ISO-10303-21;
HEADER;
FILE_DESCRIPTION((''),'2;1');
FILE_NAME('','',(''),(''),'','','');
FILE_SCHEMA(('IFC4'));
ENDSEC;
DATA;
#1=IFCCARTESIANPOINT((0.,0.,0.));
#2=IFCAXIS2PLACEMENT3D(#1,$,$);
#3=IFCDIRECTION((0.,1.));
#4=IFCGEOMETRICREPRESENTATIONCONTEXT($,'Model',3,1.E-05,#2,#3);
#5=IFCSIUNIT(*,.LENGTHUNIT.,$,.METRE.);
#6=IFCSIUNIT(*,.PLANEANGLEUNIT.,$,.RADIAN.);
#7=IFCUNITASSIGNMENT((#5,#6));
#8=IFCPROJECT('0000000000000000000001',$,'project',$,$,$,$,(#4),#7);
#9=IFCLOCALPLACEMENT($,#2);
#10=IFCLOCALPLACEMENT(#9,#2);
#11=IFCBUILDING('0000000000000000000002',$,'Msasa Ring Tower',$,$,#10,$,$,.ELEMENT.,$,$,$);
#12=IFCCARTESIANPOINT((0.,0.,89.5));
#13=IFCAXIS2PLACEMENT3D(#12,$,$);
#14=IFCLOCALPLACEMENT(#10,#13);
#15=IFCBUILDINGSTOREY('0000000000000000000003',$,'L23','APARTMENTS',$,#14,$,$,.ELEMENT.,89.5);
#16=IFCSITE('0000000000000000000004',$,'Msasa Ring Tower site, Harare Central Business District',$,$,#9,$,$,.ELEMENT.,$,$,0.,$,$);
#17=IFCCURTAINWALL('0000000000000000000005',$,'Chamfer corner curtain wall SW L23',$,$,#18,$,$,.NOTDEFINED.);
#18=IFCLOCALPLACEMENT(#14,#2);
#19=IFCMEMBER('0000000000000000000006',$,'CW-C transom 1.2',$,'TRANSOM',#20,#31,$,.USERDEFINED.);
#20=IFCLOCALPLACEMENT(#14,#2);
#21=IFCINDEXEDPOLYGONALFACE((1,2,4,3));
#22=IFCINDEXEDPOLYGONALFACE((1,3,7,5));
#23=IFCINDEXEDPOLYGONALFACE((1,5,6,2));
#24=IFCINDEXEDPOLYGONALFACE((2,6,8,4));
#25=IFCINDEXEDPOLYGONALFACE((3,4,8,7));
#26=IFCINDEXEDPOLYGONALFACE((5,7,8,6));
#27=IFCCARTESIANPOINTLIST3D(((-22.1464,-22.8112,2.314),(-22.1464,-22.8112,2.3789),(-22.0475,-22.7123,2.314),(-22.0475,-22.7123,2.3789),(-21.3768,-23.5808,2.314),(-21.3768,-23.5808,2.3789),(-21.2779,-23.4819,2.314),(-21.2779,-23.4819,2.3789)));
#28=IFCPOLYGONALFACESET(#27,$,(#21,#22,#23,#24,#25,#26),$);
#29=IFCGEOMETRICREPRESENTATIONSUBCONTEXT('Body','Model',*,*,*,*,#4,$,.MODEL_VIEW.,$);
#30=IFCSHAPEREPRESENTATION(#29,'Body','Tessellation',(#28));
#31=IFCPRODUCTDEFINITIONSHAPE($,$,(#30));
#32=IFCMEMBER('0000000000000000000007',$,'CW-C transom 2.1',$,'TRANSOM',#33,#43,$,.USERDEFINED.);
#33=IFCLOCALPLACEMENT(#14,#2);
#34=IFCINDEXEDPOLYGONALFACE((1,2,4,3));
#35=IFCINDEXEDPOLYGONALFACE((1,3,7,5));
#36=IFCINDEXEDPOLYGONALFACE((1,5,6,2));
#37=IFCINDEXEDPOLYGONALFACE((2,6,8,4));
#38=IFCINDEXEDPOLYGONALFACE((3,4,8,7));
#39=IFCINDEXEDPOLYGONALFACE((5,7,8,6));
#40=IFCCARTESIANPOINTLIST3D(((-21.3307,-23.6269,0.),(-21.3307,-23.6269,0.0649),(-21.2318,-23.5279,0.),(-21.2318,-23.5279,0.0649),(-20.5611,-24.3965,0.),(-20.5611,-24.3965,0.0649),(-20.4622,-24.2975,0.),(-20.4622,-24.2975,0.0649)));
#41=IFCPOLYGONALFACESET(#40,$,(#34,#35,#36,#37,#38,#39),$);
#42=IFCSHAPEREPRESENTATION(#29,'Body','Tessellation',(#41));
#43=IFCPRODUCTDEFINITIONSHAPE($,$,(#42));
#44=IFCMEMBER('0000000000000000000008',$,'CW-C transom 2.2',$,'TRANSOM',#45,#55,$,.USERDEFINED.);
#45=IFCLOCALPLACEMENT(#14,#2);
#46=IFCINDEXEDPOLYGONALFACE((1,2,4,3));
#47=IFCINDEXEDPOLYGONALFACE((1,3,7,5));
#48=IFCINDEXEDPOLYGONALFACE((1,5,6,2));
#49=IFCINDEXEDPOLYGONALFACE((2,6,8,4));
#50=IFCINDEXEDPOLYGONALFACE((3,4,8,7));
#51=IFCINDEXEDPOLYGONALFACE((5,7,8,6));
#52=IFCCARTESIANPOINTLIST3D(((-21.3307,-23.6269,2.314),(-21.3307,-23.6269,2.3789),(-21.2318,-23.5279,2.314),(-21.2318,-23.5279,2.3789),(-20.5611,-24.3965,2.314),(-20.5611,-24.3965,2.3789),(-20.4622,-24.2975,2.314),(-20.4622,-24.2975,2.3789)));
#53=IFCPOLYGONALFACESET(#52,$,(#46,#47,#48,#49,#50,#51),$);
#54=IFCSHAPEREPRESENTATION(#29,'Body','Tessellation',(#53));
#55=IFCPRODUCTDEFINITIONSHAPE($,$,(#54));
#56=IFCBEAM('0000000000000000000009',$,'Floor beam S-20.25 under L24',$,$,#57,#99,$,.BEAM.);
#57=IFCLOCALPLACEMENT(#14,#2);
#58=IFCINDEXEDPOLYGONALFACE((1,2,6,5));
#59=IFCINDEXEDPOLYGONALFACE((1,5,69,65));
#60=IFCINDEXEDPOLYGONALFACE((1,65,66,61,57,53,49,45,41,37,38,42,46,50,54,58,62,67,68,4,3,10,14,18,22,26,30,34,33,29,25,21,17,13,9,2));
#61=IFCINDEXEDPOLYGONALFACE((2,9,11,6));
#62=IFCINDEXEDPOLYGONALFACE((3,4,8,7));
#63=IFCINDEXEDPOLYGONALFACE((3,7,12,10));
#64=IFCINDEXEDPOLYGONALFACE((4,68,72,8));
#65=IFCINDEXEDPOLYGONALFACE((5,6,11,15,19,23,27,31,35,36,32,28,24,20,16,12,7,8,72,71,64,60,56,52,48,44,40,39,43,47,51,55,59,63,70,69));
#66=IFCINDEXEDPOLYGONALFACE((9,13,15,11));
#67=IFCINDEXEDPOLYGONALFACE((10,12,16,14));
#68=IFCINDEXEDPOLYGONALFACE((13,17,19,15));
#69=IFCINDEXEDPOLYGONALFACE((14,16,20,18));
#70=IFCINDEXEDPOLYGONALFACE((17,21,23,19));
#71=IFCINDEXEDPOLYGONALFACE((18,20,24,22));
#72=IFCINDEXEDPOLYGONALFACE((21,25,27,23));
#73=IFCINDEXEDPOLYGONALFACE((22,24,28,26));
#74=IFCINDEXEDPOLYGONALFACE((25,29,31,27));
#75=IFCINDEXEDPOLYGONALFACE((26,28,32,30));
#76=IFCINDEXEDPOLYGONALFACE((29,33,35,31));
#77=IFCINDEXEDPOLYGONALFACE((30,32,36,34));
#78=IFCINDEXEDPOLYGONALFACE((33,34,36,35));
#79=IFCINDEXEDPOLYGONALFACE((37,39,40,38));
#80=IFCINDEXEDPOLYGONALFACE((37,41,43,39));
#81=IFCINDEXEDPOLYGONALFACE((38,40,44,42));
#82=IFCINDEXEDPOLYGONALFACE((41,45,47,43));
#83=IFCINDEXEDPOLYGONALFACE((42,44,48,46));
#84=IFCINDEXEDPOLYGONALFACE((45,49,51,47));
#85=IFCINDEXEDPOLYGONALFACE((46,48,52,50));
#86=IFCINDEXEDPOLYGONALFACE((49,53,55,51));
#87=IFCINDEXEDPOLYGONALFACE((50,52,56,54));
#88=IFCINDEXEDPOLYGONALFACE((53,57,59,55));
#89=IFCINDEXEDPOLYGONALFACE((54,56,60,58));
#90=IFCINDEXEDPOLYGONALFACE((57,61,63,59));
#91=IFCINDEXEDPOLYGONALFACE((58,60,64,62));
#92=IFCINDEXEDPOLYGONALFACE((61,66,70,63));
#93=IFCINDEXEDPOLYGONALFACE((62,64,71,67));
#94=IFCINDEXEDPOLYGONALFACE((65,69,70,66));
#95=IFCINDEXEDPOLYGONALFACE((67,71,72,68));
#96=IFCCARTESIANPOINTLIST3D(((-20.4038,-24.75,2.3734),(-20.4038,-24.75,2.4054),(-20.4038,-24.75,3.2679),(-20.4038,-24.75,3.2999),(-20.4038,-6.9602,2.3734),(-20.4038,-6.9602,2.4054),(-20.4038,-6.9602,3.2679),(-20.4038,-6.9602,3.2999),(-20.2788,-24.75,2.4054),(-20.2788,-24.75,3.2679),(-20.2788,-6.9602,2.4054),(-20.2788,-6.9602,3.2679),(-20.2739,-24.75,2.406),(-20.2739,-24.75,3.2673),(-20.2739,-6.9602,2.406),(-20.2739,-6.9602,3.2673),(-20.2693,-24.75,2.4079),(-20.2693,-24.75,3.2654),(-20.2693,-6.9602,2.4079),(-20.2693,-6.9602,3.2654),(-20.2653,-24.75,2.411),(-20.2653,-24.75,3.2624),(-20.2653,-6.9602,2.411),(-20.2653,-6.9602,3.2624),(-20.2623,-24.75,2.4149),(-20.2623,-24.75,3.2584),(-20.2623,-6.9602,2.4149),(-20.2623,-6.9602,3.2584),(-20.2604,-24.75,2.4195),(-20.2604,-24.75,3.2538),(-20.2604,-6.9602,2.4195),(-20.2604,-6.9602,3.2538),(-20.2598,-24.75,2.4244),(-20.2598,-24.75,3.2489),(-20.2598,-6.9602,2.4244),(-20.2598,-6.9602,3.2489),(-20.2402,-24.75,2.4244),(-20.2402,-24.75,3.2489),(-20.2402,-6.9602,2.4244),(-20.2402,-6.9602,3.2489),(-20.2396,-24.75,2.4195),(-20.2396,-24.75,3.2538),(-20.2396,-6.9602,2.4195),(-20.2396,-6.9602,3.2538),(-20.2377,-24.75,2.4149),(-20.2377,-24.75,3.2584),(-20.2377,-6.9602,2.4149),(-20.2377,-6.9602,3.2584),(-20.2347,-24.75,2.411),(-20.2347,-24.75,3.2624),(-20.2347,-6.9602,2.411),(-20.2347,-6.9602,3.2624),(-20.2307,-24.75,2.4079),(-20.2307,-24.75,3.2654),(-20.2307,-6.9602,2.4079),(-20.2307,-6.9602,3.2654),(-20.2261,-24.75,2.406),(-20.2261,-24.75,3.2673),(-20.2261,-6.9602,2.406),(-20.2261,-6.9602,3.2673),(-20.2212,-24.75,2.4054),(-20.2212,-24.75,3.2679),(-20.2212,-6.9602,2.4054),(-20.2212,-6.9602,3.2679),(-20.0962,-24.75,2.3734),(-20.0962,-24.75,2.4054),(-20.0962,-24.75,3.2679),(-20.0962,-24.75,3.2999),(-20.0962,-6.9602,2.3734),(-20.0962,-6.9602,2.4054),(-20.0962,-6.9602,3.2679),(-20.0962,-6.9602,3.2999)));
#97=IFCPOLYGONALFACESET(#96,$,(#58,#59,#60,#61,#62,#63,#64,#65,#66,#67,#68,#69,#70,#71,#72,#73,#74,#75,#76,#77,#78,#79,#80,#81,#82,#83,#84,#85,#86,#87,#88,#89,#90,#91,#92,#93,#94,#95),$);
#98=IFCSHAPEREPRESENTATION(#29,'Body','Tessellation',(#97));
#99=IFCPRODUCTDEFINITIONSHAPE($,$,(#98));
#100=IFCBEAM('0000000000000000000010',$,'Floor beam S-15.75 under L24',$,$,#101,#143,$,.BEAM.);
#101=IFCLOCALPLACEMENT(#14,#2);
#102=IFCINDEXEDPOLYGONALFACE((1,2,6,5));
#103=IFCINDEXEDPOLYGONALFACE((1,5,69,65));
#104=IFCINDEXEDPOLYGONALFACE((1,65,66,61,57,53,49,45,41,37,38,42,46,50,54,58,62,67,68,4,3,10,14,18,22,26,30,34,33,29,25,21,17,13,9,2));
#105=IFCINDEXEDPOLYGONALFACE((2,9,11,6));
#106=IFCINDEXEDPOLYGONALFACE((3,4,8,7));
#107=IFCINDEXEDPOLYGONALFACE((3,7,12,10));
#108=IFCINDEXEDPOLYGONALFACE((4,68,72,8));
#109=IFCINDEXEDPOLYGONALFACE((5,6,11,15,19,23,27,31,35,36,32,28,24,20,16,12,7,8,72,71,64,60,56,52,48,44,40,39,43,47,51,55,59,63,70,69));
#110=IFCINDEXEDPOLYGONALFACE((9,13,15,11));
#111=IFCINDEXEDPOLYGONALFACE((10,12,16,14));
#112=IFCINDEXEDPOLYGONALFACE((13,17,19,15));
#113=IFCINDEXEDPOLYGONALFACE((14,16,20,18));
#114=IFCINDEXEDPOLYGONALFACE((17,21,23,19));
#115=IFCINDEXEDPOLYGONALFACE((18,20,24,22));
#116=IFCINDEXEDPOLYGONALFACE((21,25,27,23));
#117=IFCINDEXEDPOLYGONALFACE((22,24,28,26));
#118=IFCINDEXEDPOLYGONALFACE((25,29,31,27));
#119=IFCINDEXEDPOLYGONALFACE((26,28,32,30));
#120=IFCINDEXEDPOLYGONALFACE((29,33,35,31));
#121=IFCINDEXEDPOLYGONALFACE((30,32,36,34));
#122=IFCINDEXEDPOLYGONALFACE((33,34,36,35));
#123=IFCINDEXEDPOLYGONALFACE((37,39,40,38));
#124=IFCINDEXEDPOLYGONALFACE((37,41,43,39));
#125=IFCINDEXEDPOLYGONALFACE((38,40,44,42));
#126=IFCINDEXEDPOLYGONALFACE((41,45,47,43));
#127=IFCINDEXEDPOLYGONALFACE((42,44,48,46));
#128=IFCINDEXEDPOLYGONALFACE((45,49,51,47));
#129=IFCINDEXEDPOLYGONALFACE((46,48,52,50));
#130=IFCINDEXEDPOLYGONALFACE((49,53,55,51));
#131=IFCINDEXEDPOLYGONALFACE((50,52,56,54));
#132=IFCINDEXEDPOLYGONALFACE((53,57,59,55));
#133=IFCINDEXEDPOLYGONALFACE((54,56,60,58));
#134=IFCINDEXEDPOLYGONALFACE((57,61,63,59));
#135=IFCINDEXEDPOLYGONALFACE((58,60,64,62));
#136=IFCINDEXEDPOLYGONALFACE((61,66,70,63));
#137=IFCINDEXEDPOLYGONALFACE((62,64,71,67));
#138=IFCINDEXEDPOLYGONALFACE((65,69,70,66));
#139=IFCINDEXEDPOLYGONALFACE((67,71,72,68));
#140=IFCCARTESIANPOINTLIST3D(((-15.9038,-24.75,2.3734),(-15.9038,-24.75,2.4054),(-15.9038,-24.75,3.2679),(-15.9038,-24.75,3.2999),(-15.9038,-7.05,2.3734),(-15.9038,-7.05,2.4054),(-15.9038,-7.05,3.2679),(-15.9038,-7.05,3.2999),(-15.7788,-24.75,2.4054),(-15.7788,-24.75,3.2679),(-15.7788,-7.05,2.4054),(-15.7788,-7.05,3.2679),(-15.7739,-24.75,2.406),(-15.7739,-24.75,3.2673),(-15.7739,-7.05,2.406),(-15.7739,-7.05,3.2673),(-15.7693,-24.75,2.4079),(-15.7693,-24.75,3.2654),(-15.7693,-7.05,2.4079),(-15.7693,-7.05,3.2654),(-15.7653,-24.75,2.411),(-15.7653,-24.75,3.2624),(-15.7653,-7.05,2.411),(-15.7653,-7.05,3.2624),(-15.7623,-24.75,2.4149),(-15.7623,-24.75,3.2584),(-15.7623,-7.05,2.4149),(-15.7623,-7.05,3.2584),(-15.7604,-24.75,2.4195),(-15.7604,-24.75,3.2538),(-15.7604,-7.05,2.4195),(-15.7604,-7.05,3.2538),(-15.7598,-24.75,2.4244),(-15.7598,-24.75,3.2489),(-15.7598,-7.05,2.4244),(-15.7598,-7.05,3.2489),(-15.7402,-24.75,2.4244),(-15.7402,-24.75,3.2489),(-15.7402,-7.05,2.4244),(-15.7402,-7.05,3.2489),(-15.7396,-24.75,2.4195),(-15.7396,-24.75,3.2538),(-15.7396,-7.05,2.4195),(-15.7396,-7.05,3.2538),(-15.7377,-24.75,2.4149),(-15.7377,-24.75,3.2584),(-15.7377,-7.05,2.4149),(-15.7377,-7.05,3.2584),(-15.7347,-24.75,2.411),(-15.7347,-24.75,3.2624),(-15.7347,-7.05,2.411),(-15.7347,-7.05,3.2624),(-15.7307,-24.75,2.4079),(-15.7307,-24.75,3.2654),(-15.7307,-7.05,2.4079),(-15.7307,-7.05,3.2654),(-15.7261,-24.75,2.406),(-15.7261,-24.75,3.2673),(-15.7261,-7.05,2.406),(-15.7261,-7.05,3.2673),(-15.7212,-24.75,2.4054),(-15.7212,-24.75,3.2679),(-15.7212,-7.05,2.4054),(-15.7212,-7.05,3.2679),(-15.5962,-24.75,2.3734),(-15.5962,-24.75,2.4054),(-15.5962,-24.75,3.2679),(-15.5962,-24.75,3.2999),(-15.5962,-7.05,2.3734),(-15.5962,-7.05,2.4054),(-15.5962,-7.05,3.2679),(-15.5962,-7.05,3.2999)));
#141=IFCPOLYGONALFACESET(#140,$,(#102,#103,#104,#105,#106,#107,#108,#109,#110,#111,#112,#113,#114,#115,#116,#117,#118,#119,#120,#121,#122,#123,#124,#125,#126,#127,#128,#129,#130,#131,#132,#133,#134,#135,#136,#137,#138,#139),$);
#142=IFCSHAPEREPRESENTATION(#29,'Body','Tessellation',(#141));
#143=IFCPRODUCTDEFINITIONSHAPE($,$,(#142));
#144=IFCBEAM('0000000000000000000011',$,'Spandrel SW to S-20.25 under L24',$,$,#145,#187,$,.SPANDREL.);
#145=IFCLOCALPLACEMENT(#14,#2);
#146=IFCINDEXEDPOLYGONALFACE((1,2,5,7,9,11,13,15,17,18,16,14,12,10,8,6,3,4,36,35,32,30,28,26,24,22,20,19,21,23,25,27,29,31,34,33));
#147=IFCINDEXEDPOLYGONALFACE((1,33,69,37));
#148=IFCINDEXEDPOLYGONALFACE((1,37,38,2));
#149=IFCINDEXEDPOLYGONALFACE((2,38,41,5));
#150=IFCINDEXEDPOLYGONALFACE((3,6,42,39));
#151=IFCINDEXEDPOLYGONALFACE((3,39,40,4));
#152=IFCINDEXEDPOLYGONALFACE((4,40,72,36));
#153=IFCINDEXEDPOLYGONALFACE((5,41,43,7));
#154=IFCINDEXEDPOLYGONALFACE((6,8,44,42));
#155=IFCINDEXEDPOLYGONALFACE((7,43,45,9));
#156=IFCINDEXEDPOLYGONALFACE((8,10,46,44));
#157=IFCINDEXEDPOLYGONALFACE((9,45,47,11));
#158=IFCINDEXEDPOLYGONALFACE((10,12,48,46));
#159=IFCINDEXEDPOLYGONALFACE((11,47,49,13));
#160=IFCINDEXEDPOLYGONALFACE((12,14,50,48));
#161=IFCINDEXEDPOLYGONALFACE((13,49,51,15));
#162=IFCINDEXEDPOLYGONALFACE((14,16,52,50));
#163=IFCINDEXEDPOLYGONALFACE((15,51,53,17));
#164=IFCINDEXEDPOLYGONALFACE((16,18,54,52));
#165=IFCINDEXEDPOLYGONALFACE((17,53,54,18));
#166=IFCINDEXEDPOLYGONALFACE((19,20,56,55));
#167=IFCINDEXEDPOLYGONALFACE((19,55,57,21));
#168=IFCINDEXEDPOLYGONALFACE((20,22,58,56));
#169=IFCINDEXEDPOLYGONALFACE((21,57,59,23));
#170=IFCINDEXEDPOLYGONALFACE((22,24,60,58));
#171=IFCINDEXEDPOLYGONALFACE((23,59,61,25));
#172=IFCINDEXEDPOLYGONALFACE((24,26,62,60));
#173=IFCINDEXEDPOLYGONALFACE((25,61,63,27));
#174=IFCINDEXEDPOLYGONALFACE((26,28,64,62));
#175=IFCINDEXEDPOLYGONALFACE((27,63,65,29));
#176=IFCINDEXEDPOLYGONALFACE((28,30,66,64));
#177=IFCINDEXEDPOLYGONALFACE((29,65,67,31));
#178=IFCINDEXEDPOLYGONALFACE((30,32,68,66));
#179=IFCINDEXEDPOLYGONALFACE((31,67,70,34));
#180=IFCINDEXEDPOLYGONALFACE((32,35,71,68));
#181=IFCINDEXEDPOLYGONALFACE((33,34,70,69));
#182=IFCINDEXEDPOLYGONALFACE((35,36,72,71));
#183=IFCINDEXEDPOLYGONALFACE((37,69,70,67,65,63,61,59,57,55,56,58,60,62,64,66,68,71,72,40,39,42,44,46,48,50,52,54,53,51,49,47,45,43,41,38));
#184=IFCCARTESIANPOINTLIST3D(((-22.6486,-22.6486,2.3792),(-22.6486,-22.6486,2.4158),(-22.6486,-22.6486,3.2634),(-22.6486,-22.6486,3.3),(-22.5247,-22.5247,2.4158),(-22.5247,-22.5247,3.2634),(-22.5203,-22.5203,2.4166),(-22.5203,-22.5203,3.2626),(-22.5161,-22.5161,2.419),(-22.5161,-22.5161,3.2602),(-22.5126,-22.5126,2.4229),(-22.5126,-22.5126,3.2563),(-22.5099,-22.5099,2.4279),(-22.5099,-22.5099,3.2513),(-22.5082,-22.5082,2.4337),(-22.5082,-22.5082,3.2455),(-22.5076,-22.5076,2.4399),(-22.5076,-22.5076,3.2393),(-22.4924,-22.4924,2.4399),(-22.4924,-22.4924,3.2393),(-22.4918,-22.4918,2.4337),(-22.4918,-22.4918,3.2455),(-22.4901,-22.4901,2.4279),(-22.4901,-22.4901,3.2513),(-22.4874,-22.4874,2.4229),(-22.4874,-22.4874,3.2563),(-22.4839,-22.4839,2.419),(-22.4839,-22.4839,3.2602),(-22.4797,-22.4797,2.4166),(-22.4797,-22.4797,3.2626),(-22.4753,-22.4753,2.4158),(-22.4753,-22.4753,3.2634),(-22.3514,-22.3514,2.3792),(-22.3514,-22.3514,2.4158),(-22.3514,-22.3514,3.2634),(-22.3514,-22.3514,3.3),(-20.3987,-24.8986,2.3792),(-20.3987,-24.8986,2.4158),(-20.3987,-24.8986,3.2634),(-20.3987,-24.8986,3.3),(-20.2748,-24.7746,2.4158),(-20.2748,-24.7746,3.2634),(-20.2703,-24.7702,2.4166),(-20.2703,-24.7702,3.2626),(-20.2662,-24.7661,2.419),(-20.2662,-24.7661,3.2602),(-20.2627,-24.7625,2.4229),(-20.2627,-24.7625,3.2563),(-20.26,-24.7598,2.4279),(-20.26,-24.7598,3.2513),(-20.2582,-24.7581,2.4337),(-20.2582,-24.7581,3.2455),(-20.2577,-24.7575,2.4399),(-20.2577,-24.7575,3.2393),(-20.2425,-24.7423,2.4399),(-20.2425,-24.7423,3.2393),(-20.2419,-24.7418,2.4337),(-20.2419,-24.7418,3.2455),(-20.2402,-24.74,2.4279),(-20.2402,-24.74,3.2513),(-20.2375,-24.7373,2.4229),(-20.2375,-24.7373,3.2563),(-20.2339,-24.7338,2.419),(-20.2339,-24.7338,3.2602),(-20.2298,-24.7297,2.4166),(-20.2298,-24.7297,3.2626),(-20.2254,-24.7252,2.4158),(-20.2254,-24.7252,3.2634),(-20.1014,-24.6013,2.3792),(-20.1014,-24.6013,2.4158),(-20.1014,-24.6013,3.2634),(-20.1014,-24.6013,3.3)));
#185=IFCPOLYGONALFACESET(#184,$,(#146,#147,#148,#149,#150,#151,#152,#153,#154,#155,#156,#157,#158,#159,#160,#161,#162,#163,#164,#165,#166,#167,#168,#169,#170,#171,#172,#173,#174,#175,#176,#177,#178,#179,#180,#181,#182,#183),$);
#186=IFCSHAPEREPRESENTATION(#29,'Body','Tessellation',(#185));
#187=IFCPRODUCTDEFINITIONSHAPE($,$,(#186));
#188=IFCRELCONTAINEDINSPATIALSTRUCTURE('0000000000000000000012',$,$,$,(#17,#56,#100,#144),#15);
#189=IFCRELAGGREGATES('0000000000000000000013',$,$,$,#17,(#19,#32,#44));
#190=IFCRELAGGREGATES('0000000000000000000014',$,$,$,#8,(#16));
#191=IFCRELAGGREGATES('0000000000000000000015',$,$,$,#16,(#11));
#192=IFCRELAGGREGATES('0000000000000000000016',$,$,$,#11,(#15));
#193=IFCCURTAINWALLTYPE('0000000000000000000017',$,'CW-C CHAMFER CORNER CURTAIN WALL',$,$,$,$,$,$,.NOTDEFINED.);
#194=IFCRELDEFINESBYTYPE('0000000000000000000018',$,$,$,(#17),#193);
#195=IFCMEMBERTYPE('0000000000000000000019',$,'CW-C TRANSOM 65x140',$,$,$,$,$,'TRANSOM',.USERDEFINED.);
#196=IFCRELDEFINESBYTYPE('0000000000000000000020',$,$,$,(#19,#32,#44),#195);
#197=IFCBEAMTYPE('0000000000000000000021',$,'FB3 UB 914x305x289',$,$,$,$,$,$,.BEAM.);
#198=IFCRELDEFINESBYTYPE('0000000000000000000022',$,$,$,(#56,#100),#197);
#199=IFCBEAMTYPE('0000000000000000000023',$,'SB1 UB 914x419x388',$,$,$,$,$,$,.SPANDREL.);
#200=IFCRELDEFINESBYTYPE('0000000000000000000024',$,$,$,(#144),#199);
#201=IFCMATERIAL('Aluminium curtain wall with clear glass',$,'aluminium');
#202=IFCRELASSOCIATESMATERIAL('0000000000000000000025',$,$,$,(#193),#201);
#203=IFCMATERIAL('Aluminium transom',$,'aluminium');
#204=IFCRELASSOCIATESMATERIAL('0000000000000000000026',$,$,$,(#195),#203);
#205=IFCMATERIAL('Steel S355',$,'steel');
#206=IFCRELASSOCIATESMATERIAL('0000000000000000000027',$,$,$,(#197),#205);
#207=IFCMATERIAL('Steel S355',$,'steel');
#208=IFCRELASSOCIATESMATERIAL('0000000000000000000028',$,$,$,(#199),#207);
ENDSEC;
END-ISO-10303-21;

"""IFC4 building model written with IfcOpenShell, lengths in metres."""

from ifc_helpers import new_model, si_unit, direction, frame, origin, origin_2d, place, context, subcontext, project, spatial, rectangle, i_section, extrude, material, material_profile, profile_set, type_object, element, aggregate, save


model = new_model("IFC4")

# Units and contexts
model_context = context("Model", 3, precision=1e-05, world=origin(), true_north=direction((0.0, 1.0)))
body_context = subcontext(model_context, "Body", "Model", "MODEL_VIEW")
ifc_project = project(units=[si_unit("LENGTHUNIT", "METRE"), si_unit("PLANEANGLEUNIT", "RADIAN")], contexts=[model_context])

# Site, building, storey
site_placement = place(None, origin())
site = spatial("IfcSite", under=ifc_project, at=site_placement, Name="Msasa Ring Tower site, Harare Central Business District", CompositionType="ELEMENT", RefElevation=0.0)
building_placement = place(site_placement, origin())
building = spatial("IfcBuilding", under=site, at=building_placement, Name="Msasa Ring Tower", CompositionType="ELEMENT")
storey_placement = place(building_placement, frame((0.0, 0.0, 89.5)))
storey = spatial("IfcBuildingStorey", under=building, at=storey_placement, Name="L23", Description="APARTMENTS", CompositionType="ELEMENT", Elevation=89.5)

# Curtain wall
ifc_material_1 = material(Name="Aluminium curtain wall with clear glass", Category="aluminium")
curtain_wall_type = type_object("IfcCurtainWallType", Name="CW-C CHAMFER CORNER CURTAIN WALL", PredefinedType="NOTDEFINED", material=ifc_material_1)
curtain_wall_1_placement = place(storey_placement, origin())
curtain_wall_1 = element("IfcCurtainWall", 1, at=curtain_wall_1_placement, inside=storey, type_object=curtain_wall_type, Name="Chamfer corner curtain wall SW L23", PredefinedType="NOTDEFINED")

# Members
ifc_material_2 = material(Name="Aluminium transom", Category="aluminium")
ifc_material_profile_1 = material_profile(ifc_material_2, rectangle(XDim=0.1399, YDim=0.0649, at=origin_2d()), Name="AL 65x140")
ifc_profile_set_1 = profile_set([ifc_material_profile_1], Name="Aluminium transom")
member_type_1 = type_object("IfcMemberType", Name="CW-C TRANSOM 65x140", ElementType="TRANSOM", PredefinedType="USERDEFINED", material=ifc_profile_set_1)
member_1_placement = place(storey_placement, frame((-22.0969, -22.7617, 2.3464), z_axis=(0.707107, -0.707107, 0.0), x_axis=(0.707107, 0.707107, 0.0)))
member_1 = element("IfcMember", 2, at=member_1_placement, type_object=member_type_1, Name="CW-C transom 1.2", ObjectType="TRANSOM", PredefinedType="USERDEFINED", context=body_context, shape_type="SweptSolid", body=[
    extrude(rectangle(XDim=0.1399, YDim=0.0649, at=origin_2d()), origin(), (0.0, 0.0, 1.0), 1.0884),
])
member_2_placement = place(storey_placement, frame((-21.2812, -23.5774, 0.0325), z_axis=(0.707107, -0.707107, 0.0), x_axis=(0.707107, 0.707107, 0.0)))
member_2 = element("IfcMember", 3, at=member_2_placement, type_object=member_type_1, Name="CW-C transom 2.1", ObjectType="TRANSOM", PredefinedType="USERDEFINED", context=body_context, shape_type="SweptSolid", body=[
    extrude(rectangle(XDim=0.1399, YDim=0.0649, at=origin_2d()), origin(), (0.0, 0.0, 1.0), 1.0884),
])
member_3_placement = place(storey_placement, frame((-21.2812, -23.5774, 2.3464), z_axis=(0.707107, -0.707107, 0.0), x_axis=(0.707107, 0.707107, 0.0)))
member_3 = element("IfcMember", 4, at=member_3_placement, type_object=member_type_1, Name="CW-C transom 2.2", ObjectType="TRANSOM", PredefinedType="USERDEFINED", context=body_context, shape_type="SweptSolid", body=[
    extrude(rectangle(XDim=0.1399, YDim=0.0649, at=origin_2d()), origin(), (0.0, 0.0, 1.0), 1.0884),
])

# Beams
ifc_material_3 = material(Name="Steel S355", Category="steel")
ifc_material_profile_2 = material_profile(ifc_material_3, i_section(OverallWidth=0.3076, OverallDepth=0.9265, WebThickness=0.0195, FlangeThickness=0.032, FilletRadius=0.019, at=origin_2d()), Name="UB 914x305x289")
ifc_profile_set_2 = profile_set([ifc_material_profile_2], Name="Steel S355")
beam_type_1 = type_object("IfcBeamType", Name="FB3 UB 914x305x289", PredefinedType="BEAM", material=ifc_profile_set_2)
beam_1_placement = place(storey_placement, frame((-20.25, -24.75, 2.8367), z_axis=(0.0, 1.0, 0.0), x_axis=(-1.0, 0.0, 0.0)))
element("IfcBeam", 5, at=beam_1_placement, inside=storey, type_object=beam_type_1, Name="Floor beam S-20.25 under L24", PredefinedType="BEAM", context=body_context, shape_type="SweptSolid", body=[
    extrude(i_section(OverallWidth=0.3076, OverallDepth=0.9265, WebThickness=0.0195, FlangeThickness=0.032, FilletRadius=0.019, at=origin_2d()), origin(), (0.0, 0.0, 1.0), 17.7898),
])
beam_2_placement = place(storey_placement, frame((-15.75, -24.75, 2.8367), z_axis=(0.0, 1.0, 0.0), x_axis=(-1.0, 0.0, 0.0)))
element("IfcBeam", 6, at=beam_2_placement, inside=storey, type_object=beam_type_1, Name="Floor beam S-15.75 under L24", PredefinedType="BEAM", context=body_context, shape_type="SweptSolid", body=[
    extrude(i_section(OverallWidth=0.3076, OverallDepth=0.9265, WebThickness=0.0195, FlangeThickness=0.032, FilletRadius=0.019, at=origin_2d()), origin(), (0.0, 0.0, 1.0), 17.7),
])
ifc_material_4 = material(Name="Steel S355", Category="steel")
ifc_material_profile_3 = material_profile(ifc_material_4, i_section(OverallWidth=0.4204, OverallDepth=0.9209, WebThickness=0.0215, FlangeThickness=0.0366, FilletRadius=0.0242, at=origin_2d()), Name="UB 914x419x388")
ifc_profile_set_3 = profile_set([ifc_material_profile_3], Name="Steel S355")
beam_type_2 = type_object("IfcBeamType", Name="SB1 UB 914x419x388", PredefinedType="SPANDREL", material=ifc_profile_set_3)
beam_3_placement = place(storey_placement, frame((-22.5, -22.5, 2.8396), z_axis=(0.707107, -0.707107, 0.0), x_axis=(0.707107, 0.707107, 0.0)))
element("IfcBeam", 7, at=beam_3_placement, inside=storey, type_object=beam_type_2, Name="Spandrel SW to S-20.25 under L24", PredefinedType="SPANDREL", context=body_context, shape_type="SweptSolid", body=[
    extrude(i_section(OverallWidth=0.4204, OverallDepth=0.9209, WebThickness=0.0215, FlangeThickness=0.0366, FilletRadius=0.0242, at=origin_2d()), origin(), (0.0, 0.0, 1.0), 3.1819),
])

aggregate(curtain_wall_1, [member_1, member_2, member_3])

save(model, "model.ifc")
